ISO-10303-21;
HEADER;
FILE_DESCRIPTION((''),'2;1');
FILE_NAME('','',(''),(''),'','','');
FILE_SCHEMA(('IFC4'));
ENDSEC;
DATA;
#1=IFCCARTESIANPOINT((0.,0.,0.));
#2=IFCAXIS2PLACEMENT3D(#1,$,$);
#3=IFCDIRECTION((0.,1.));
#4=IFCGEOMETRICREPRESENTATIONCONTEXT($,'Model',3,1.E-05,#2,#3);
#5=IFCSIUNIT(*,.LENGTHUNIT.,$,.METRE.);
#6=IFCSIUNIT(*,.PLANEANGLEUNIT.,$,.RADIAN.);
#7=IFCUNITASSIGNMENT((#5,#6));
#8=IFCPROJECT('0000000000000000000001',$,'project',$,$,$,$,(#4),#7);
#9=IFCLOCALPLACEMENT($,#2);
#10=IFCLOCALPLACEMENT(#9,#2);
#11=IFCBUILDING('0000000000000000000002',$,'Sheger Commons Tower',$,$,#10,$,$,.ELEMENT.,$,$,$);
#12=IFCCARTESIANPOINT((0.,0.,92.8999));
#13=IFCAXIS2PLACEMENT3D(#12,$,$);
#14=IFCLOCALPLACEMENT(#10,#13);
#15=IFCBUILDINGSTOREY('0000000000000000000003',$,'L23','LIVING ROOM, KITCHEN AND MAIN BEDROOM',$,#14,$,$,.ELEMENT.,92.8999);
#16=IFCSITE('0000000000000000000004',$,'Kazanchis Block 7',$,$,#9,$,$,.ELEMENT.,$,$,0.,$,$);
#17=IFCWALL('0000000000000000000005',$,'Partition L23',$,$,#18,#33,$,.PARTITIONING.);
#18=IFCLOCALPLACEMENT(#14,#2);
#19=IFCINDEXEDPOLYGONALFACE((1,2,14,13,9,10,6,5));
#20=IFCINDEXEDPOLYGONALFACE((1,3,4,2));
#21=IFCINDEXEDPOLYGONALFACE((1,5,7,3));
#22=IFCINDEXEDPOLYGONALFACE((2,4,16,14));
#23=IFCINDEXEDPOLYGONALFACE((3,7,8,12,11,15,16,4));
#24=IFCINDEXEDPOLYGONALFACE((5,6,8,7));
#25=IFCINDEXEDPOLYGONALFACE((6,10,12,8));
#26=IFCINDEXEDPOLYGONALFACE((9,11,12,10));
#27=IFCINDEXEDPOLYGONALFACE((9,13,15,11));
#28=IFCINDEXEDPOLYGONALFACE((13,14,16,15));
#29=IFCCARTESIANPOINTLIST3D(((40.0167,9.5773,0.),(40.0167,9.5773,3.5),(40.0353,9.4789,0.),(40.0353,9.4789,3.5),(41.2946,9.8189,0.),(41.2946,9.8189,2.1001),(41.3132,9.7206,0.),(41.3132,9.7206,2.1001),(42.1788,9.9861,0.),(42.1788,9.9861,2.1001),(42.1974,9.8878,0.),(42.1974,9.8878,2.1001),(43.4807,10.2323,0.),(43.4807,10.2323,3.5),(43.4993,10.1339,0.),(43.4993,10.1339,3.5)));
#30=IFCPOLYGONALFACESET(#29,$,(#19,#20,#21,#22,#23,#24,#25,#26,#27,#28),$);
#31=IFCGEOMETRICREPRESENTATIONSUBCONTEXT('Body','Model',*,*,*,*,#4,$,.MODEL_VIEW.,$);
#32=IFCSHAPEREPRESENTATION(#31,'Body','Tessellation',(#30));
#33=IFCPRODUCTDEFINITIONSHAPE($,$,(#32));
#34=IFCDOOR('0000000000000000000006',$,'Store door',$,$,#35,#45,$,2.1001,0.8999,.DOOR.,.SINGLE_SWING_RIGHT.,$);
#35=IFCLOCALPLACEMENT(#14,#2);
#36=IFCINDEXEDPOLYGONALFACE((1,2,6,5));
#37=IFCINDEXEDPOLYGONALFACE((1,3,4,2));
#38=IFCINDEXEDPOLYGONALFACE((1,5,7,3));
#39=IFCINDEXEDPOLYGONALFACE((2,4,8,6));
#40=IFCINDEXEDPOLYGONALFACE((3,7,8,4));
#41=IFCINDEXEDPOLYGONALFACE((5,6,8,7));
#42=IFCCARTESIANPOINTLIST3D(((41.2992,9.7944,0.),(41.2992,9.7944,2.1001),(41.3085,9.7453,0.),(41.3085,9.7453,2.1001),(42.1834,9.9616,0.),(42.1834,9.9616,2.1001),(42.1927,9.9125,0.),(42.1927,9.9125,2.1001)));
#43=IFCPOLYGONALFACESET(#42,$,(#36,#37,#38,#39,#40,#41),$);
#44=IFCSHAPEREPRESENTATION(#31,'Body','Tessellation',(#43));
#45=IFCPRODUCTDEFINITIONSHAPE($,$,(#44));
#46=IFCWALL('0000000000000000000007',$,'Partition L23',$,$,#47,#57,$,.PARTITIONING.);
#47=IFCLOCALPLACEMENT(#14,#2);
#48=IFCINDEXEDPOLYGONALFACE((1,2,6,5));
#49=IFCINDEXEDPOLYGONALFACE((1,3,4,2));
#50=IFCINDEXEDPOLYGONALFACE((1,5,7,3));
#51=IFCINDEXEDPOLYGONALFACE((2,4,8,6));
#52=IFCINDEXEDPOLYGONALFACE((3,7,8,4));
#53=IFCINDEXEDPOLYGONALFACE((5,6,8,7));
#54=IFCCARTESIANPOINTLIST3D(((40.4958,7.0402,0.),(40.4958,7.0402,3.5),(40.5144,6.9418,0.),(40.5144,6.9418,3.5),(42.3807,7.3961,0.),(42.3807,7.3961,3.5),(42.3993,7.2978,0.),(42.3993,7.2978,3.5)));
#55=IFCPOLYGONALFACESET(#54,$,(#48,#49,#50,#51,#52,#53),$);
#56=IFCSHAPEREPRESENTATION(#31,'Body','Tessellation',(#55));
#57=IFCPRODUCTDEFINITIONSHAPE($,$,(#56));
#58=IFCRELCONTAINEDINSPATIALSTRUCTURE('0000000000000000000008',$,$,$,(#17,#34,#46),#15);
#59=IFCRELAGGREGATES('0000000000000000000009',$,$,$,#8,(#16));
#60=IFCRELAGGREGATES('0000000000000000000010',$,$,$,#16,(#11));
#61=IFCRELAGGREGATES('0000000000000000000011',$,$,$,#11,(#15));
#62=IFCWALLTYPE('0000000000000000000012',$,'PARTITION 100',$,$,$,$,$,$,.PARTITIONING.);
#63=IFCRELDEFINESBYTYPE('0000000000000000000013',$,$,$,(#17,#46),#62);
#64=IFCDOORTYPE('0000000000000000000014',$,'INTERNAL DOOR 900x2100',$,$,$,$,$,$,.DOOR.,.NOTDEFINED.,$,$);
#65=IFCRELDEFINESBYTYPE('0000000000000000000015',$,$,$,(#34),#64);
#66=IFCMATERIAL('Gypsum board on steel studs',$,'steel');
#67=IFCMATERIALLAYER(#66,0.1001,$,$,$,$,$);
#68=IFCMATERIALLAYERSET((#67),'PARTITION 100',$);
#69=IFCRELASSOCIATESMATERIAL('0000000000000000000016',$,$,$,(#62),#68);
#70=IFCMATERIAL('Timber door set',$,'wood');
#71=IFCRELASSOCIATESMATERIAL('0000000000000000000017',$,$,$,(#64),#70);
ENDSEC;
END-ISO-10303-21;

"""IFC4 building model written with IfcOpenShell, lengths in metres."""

from ifc_helpers import new_model, si_unit, direction, frame, frame_2d, origin, place, context, subcontext, project, spatial, rectangle, extrude, material, layer, layer_set, type_object, element, fill, save


model = new_model("IFC4")

# Units and contexts
model_context = context("Model", 3, precision=1e-05, world=origin(), true_north=direction((0.0, 1.0)))
body_context = subcontext(model_context, "Body", "Model", "MODEL_VIEW")
ifc_project = project(units=[si_unit("LENGTHUNIT", "METRE"), si_unit("PLANEANGLEUNIT", "RADIAN")], contexts=[model_context])

# Site, building, storey
site_placement = place(None, origin())
site = spatial("IfcSite", under=ifc_project, at=site_placement, Name="Kazanchis Block 7", CompositionType="ELEMENT", RefElevation=0.0)
building_placement = place(site_placement, origin())
building = spatial("IfcBuilding", under=site, at=building_placement, Name="Sheger Commons Tower", CompositionType="ELEMENT")
storey_placement = place(building_placement, frame((0.0, 0.0, 92.8999)))
storey = spatial("IfcBuildingStorey", under=building, at=storey_placement, Name="L23", Description="LIVING ROOM, KITCHEN AND MAIN BEDROOM", CompositionType="ELEMENT", Elevation=92.8999)

# Shared definitions
ifc_material_1 = material(Name="Gypsum board on steel studs", Category="steel")
ifc_layer_1 = layer(ifc_material_1, 0.1001)
ifc_layer_set_1 = layer_set([ifc_layer_1], Name="PARTITION 100")
wall_type_1 = type_object("IfcWallType", Name="PARTITION 100", PredefinedType="PARTITIONING", material=ifc_layer_set_1)

# Shared definitions
ifc_material_2 = material(Name="Timber door set", Category="wood")
door_type_1 = type_object("IfcDoorType", Name="INTERNAL DOOR 900x2100", OperationType="NOTDEFINED", PredefinedType="DOOR", material=ifc_material_2)

# Wall, opening, door
wall_1_placement = place(storey_placement, frame((43.49, 10.1831, 0.0), z_axis=(0.0, 0.0, 1.0), x_axis=(-0.982588, -0.185798, 0.0)))
wall_1 = element("IfcWall", 1, at=wall_1_placement, inside=storey, type_object=wall_type_1, Name="Partition L23", PredefinedType="PARTITIONING", context=body_context, shape_type="SweptSolid", body=[
    extrude(rectangle(XDim=3.5254, YDim=0.1001, at=frame_2d((1.7627, 0.0))), origin(), (0.0, 0.0, 1.0), 3.5),
])
opening_1_placement = place(wall_1_placement, frame((1.325, 0.0, 0.0)))
opening_1 = element("IfcOpeningElement", 2, at=opening_1_placement, cuts=wall_1, PredefinedType="OPENING", context=body_context, shape_type="SweptSolid", body=[
    extrude(rectangle(XDim=0.8999, YDim=2.1001, at=frame_2d((0.45, 1.05))), frame((0.0, 0.0601, 0.0), z_axis=(0.0, -1.0, 0.0), x_axis=(1.0, 0.0, 0.0)), (0.0, 0.0, 1.0), 0.1201),
])
door_1_placement = place(opening_1_placement, origin())
door_1 = element("IfcDoor", 3, at=door_1_placement, inside=storey, type_object=door_type_1, Name="Store door", OperationType="SINGLE_SWING_RIGHT", OverallHeight=2.1001, OverallWidth=0.8999, PredefinedType="DOOR", context=body_context, shape_type="SweptSolid", body=[
    extrude(rectangle(XDim=0.8999, YDim=2.1001, at=frame_2d((0.45, 1.05))), frame((0.0, 0.0249, 0.0), z_axis=(0.0, -1.0, 0.0), x_axis=(1.0, 0.0, 0.0)), (0.0, 0.0, 1.0), 0.05),
])
fill(opening_1, door_1)

# Wall
wall_2_placement = place(storey_placement, frame((42.3899, 7.3469, 0.0), z_axis=(0.0, 0.0, 1.0), x_axis=(-0.982634, -0.185556, 0.0)))
element("IfcWall", 4, at=wall_2_placement, inside=storey, type_object=wall_type_1, Name="Partition L23", PredefinedType="PARTITIONING", context=body_context, shape_type="SweptSolid", body=[
    extrude(rectangle(XDim=1.9182, YDim=0.1001, at=frame_2d((0.959, 0.0))), origin(), (0.0, 0.0, 1.0), 3.5),
])

save(model, "model.ifc")
